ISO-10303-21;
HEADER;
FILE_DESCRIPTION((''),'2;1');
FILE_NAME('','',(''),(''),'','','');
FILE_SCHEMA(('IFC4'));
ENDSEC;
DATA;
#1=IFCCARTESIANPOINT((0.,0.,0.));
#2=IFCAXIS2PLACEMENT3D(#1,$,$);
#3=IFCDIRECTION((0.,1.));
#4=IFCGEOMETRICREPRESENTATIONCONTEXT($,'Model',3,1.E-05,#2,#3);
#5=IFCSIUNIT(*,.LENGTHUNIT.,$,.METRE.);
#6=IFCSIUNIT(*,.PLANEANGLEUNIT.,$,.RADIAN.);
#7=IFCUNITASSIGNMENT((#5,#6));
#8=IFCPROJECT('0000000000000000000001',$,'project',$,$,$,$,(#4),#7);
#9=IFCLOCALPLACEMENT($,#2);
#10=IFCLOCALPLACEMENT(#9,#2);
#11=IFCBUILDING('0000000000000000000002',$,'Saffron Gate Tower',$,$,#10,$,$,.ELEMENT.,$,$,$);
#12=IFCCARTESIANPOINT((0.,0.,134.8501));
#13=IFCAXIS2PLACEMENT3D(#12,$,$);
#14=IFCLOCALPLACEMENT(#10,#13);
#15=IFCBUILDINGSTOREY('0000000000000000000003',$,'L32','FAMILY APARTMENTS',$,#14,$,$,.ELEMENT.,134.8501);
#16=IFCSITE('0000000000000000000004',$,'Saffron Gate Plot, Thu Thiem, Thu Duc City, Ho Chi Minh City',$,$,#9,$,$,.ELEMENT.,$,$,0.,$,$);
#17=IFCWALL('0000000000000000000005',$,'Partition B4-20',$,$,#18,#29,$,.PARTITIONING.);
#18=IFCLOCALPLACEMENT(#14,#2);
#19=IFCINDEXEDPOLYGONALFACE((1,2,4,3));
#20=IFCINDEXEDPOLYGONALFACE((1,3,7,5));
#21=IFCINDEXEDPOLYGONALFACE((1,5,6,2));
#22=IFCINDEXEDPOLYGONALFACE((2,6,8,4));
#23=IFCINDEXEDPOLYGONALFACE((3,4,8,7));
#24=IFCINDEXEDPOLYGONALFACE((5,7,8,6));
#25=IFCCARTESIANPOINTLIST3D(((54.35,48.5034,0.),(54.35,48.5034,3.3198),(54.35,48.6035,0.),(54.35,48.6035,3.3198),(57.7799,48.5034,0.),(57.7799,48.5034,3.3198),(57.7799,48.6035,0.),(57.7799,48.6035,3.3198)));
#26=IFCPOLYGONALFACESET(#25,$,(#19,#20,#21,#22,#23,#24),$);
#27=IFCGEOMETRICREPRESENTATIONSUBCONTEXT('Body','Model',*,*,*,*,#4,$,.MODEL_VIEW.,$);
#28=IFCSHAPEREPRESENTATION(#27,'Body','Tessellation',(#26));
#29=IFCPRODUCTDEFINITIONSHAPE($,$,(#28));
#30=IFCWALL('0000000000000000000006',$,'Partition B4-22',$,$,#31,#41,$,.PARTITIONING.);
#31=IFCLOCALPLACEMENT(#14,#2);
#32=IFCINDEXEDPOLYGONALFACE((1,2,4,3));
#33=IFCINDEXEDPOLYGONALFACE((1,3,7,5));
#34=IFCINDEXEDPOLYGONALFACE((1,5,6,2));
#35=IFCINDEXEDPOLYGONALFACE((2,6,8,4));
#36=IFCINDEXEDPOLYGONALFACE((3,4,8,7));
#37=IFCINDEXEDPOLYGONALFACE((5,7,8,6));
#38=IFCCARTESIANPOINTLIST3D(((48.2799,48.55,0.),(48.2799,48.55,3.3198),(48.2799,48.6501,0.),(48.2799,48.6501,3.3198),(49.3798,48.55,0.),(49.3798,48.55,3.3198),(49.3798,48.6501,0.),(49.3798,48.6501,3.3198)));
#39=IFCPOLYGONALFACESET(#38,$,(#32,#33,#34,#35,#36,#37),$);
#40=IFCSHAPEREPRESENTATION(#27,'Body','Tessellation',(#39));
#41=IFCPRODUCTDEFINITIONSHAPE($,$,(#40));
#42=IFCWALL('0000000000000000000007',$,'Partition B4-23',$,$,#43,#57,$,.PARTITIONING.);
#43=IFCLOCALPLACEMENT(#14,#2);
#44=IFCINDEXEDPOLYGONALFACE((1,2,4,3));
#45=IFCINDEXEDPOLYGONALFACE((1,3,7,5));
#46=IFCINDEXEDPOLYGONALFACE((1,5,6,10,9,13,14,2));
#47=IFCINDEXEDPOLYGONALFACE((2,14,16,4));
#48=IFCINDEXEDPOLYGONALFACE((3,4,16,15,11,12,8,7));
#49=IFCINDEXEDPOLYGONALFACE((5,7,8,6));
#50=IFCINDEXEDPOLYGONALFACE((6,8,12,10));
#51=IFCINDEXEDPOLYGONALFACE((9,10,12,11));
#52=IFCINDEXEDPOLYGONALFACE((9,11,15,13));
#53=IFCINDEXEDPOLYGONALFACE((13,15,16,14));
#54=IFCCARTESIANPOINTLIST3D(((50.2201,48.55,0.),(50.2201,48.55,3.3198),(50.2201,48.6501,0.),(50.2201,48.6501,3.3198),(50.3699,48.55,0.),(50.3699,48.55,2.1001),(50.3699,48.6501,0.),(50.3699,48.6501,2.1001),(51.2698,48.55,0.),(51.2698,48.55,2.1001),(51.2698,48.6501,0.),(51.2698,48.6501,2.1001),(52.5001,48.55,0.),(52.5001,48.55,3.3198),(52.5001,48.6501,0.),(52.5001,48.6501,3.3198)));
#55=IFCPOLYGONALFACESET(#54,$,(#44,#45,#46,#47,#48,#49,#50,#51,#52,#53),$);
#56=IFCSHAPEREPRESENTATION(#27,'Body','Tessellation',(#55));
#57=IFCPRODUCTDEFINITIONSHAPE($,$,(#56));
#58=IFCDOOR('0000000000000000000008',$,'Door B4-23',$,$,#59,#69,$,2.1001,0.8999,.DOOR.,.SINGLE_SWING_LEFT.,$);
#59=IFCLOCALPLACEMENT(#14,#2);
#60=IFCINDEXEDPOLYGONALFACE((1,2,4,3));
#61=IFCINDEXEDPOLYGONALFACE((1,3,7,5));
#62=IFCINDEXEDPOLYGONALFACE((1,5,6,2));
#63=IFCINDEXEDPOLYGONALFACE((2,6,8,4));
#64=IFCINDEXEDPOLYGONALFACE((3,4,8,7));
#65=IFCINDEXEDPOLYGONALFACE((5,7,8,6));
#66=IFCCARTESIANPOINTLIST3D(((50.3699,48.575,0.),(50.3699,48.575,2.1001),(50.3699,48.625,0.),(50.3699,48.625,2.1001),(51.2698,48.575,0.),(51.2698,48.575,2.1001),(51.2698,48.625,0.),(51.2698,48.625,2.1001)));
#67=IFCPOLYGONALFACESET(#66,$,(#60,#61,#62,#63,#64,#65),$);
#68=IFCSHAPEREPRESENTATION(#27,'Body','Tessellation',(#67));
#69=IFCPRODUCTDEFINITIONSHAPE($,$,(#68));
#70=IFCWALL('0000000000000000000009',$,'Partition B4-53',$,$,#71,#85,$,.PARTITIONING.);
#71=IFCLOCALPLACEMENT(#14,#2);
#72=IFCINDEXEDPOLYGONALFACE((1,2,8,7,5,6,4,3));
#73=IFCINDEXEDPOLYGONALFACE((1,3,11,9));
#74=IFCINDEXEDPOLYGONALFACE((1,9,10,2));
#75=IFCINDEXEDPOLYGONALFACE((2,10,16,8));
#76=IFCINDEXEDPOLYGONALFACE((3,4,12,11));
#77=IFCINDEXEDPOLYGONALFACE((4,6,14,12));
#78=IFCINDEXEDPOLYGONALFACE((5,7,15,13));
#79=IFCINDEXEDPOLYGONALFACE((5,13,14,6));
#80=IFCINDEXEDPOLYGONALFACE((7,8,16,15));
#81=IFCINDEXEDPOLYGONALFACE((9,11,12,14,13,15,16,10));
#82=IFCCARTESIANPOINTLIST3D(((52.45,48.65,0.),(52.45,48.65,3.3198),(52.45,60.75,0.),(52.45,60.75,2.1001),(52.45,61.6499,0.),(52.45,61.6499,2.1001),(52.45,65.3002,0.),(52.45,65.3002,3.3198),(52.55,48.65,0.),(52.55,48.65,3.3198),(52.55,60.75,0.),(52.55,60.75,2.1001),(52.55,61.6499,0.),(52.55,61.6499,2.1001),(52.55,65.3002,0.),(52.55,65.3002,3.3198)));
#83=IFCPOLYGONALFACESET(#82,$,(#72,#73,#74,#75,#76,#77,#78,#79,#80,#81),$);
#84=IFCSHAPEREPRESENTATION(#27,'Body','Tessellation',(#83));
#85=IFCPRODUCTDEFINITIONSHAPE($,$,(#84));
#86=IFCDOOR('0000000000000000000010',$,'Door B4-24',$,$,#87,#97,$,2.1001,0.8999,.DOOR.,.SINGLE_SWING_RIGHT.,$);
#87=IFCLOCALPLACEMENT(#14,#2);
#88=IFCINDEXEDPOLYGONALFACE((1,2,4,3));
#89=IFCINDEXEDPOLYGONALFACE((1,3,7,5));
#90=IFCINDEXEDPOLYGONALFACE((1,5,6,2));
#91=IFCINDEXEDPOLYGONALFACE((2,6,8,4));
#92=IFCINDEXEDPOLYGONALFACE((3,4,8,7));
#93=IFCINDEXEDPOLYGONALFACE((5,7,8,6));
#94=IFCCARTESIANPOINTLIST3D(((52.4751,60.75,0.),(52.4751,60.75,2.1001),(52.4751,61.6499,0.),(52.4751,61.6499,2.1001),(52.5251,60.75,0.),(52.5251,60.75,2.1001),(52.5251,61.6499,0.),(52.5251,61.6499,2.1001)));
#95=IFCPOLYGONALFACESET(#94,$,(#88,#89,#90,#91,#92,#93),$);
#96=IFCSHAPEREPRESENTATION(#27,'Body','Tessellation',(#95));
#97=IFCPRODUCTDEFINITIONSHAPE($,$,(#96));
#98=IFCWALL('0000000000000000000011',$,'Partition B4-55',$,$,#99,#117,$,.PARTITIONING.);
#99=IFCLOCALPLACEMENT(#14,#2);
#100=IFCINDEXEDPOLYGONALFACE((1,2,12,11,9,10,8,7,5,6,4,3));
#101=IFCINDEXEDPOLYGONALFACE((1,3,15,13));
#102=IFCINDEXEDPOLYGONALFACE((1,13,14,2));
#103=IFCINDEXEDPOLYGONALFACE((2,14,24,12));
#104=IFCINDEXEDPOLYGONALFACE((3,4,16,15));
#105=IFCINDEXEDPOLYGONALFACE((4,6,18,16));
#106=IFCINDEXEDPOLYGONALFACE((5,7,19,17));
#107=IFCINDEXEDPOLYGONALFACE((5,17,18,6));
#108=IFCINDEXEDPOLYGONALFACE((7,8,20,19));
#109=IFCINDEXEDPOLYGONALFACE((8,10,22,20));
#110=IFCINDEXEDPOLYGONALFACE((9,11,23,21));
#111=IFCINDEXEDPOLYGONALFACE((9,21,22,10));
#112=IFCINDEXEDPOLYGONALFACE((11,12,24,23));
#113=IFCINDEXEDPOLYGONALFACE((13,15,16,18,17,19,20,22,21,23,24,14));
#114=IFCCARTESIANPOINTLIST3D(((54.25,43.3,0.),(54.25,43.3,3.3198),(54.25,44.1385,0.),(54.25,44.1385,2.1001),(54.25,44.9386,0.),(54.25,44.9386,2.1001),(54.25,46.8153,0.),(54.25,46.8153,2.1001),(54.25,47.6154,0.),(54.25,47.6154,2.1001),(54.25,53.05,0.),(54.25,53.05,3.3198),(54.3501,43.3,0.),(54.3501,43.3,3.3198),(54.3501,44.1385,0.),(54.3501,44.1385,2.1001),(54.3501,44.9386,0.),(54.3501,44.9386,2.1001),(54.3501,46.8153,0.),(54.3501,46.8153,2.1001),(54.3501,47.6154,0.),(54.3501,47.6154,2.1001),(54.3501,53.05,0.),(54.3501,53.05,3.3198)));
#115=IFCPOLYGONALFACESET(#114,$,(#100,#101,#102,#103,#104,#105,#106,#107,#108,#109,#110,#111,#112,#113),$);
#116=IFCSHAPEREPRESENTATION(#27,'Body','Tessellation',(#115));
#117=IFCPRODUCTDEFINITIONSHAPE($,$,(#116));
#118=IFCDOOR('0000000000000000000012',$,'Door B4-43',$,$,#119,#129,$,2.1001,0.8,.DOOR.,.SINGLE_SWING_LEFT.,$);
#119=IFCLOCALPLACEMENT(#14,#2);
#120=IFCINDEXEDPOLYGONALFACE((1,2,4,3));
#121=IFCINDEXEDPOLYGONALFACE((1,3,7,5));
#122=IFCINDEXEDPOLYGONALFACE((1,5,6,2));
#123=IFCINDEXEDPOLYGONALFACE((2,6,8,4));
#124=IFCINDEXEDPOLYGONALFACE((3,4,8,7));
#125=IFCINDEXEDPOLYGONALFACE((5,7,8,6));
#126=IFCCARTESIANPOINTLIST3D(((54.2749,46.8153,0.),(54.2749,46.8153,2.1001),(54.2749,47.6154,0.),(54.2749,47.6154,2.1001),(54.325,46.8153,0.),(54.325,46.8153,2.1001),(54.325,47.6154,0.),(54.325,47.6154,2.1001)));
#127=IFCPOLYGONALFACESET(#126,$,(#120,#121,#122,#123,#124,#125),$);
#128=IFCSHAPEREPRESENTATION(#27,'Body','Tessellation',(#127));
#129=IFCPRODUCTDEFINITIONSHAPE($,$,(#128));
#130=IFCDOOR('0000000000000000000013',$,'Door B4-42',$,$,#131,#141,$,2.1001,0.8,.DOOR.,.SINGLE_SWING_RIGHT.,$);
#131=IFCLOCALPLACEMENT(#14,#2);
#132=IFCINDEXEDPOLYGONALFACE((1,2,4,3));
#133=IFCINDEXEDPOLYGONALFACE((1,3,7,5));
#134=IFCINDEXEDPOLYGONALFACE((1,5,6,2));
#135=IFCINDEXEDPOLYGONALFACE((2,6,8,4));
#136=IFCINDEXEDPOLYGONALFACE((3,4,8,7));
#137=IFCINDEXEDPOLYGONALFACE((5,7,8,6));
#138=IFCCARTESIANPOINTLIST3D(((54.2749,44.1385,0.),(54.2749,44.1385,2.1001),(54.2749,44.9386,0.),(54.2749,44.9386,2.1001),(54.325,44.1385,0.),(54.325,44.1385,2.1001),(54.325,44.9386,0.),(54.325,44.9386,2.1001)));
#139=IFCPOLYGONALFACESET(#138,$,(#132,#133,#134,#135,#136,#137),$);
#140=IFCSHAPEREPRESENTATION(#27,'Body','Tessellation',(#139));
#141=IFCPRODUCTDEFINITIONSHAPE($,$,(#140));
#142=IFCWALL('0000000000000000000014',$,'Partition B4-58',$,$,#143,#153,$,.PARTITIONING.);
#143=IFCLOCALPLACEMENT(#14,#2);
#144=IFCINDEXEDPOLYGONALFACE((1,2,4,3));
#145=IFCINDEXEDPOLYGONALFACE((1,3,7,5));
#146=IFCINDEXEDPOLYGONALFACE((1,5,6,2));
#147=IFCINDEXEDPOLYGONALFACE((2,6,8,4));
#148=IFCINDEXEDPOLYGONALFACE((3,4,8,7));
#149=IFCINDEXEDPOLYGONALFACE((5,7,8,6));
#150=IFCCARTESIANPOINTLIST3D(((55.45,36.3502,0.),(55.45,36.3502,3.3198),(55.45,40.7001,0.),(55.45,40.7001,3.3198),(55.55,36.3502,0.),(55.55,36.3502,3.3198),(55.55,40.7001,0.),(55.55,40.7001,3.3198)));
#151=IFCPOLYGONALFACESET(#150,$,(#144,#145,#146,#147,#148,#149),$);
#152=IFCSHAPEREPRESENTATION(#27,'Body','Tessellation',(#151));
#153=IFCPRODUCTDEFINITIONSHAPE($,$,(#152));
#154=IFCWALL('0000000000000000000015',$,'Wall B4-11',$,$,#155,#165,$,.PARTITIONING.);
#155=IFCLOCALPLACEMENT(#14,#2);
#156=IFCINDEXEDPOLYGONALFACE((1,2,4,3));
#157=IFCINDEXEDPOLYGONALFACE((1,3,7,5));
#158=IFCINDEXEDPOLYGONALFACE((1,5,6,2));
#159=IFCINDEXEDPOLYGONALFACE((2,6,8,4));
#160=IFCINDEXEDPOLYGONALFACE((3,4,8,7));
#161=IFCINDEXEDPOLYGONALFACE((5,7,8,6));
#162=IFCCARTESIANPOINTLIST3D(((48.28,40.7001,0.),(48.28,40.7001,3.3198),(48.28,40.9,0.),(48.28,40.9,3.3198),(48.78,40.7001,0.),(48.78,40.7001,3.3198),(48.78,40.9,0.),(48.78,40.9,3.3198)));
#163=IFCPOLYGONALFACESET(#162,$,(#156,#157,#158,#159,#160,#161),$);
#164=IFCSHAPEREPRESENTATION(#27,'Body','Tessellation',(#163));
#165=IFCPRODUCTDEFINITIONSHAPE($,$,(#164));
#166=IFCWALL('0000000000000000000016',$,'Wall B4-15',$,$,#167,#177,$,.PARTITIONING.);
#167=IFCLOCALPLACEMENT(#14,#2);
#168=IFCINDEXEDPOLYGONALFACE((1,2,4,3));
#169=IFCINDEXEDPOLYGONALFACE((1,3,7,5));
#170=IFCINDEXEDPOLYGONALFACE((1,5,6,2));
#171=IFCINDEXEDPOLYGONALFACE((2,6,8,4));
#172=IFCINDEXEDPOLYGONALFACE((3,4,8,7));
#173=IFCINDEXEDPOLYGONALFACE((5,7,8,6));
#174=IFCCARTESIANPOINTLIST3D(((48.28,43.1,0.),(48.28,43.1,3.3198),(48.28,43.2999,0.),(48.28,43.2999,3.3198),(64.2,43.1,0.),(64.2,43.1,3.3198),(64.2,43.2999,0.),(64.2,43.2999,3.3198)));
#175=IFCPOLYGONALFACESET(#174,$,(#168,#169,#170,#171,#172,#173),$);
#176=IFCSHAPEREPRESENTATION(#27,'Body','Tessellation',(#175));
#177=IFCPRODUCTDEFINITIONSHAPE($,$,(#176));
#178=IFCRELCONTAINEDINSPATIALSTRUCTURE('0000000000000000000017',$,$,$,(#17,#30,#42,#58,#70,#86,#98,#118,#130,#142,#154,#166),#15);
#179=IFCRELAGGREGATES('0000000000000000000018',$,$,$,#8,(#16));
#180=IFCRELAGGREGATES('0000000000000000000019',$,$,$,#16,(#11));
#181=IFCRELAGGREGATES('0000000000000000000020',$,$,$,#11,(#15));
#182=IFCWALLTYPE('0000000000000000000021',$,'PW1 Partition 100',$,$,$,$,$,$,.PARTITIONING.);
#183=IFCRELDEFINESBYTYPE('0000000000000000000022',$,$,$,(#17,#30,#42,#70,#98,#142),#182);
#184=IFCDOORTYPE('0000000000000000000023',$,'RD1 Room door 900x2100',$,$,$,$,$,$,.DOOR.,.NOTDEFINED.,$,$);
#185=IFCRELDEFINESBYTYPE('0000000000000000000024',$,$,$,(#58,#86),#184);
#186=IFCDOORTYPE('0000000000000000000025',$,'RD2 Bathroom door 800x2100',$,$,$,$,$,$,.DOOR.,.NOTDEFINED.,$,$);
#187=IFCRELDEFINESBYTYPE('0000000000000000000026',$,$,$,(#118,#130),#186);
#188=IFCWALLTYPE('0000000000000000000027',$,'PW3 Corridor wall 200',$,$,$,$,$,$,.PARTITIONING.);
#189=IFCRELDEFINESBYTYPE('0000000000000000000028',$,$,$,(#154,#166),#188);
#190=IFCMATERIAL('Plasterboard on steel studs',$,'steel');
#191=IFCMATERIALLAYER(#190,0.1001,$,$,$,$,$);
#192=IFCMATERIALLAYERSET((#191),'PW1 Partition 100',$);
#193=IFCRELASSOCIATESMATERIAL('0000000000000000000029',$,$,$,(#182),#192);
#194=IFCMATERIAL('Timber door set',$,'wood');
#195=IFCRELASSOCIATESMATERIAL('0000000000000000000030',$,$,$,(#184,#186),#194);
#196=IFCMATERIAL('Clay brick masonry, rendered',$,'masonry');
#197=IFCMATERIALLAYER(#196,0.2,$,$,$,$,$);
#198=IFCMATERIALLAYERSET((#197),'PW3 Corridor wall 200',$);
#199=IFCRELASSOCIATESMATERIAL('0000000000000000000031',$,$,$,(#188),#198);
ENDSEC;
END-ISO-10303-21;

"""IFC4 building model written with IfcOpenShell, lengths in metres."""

from ifc_helpers import new_model, si_unit, direction, frame, frame_2d, origin, place, context, subcontext, project, spatial, rectangle, extrude, material, layer, layer_set, type_object, element, fill, save


model = new_model("IFC4")

# Units and contexts
model_context = context("Model", 3, precision=1e-05, world=origin(), true_north=direction((0.0, 1.0)))
body_context = subcontext(model_context, "Body", "Model", "MODEL_VIEW")
ifc_project = project(units=[si_unit("LENGTHUNIT", "METRE"), si_unit("PLANEANGLEUNIT", "RADIAN")], contexts=[model_context])

# Site, building, storey
site_placement = place(None, origin())
site = spatial("IfcSite", under=ifc_project, at=site_placement, Name="Saffron Gate Plot, Thu Thiem, Thu Duc City, Ho Chi Minh City", CompositionType="ELEMENT", RefElevation=0.0)
building_placement = place(site_placement, origin())
building = spatial("IfcBuilding", under=site, at=building_placement, Name="Saffron Gate Tower", CompositionType="ELEMENT")
storey_placement = place(building_placement, frame((0.0, 0.0, 134.8501)))
storey = spatial("IfcBuildingStorey", under=building, at=storey_placement, Name="L32", Description="FAMILY APARTMENTS", CompositionType="ELEMENT", Elevation=134.8501)

# Walls
ifc_material_1 = material(Name="Plasterboard on steel studs", Category="steel")
ifc_layer_1 = layer(ifc_material_1, 0.1001)
ifc_layer_set_1 = layer_set([ifc_layer_1], Name="PW1 Partition 100")
wall_type_1 = type_object("IfcWallType", Name="PW1 Partition 100", PredefinedType="PARTITIONING", material=ifc_layer_set_1)
wall_1_placement = place(storey_placement, frame((54.3501, 48.5535, 0.0), z_axis=(0.0, 0.0, 1.0), x_axis=(1.0, 0.0, 0.0)))
element("IfcWall", 1, at=wall_1_placement, inside=storey, type_object=wall_type_1, Name="Partition B4-20", PredefinedType="PARTITIONING", context=body_context, shape_type="SweptSolid", body=[
    extrude(rectangle(XDim=3.4299, YDim=0.1001, at=frame_2d((1.7148, 0.0))), origin(), (0.0, 0.0, 1.0), 3.3198),
])
wall_2_placement = place(storey_placement, frame((48.28, 48.6001, 0.0), z_axis=(0.0, 0.0, 1.0), x_axis=(1.0, 0.0, 0.0)))
element("IfcWall", 2, at=wall_2_placement, inside=storey, type_object=wall_type_1, Name="Partition B4-22", PredefinedType="PARTITIONING", context=body_context, shape_type="SweptSolid", body=[
    extrude(rectangle(XDim=1.0999, YDim=0.1001, at=frame_2d((0.5498, 0.0))), origin(), (0.0, 0.0, 1.0), 3.3198),
])

# Walls, openings, doors
wall_3_placement = place(storey_placement, frame((50.22, 48.6001, 0.0), z_axis=(0.0, 0.0, 1.0), x_axis=(1.0, 0.0, 0.0)))
wall_3 = element("IfcWall", 3, at=wall_3_placement, inside=storey, type_object=wall_type_1, Name="Partition B4-23", PredefinedType="PARTITIONING", context=body_context, shape_type="SweptSolid", body=[
    extrude(rectangle(XDim=2.28, YDim=0.1001, at=frame_2d((1.1401, 0.0))), origin(), (0.0, 0.0, 1.0), 3.3198),
])
opening_1_placement = place(wall_3_placement, frame((0.1499, 0.0, 0.0)))
opening_1 = element("IfcOpeningElement", 4, at=opening_1_placement, cuts=wall_3, PredefinedType="OPENING", context=body_context, shape_type="SweptSolid", body=[
    extrude(rectangle(XDim=0.8999, YDim=2.1001, at=frame_2d((0.45, 1.05))), frame((0.0, 0.0601, 0.0), z_axis=(0.0, -1.0, 0.0), x_axis=(1.0, 0.0, 0.0)), (0.0, 0.0, 1.0), 0.1201),
])
ifc_material_2 = material(Name="Timber door set", Category="wood")
door_type_1 = type_object("IfcDoorType", Name="RD1 Room door 900x2100", OperationType="NOTDEFINED", PredefinedType="DOOR", material=ifc_material_2)
door_1_placement = place(opening_1_placement, origin())
door_1 = element("IfcDoor", 5, at=door_1_placement, inside=storey, type_object=door_type_1, Name="Door B4-23", OperationType="SINGLE_SWING_LEFT", OverallHeight=2.1001, OverallWidth=0.8999, PredefinedType="DOOR", context=body_context, shape_type="SweptSolid", body=[
    extrude(rectangle(XDim=0.8999, YDim=2.1001, at=frame_2d((0.45, 1.05))), frame((0.0, 0.0249, 0.0), z_axis=(0.0, -1.0, 0.0), x_axis=(1.0, 0.0, 0.0)), (0.0, 0.0, 1.0), 0.05),
])
fill(opening_1, door_1)
wall_4_placement = place(storey_placement, frame((52.5, 48.6499, 0.0), z_axis=(0.0, 0.0, 1.0), x_axis=(0.0, 1.0, 0.0)))
wall_4 = element("IfcWall", 6, at=wall_4_placement, inside=storey, type_object=wall_type_1, Name="Partition B4-53", PredefinedType="PARTITIONING", context=body_context, shape_type="SweptSolid", body=[
    extrude(rectangle(XDim=16.6501, YDim=0.1001, at=frame_2d((8.3252, 0.0))), origin(), (0.0, 0.0, 1.0), 3.3198),
])
opening_2_placement = place(wall_4_placement, frame((12.1001, 0.0, 0.0)))
opening_2 = element("IfcOpeningElement", 7, at=opening_2_placement, cuts=wall_4, PredefinedType="OPENING", context=body_context, shape_type="SweptSolid", body=[
    extrude(rectangle(XDim=0.8999, YDim=2.1001, at=frame_2d((0.45, 1.05))), frame((0.0, 0.0601, 0.0), z_axis=(0.0, -1.0, 0.0), x_axis=(1.0, 0.0, 0.0)), (0.0, 0.0, 1.0), 0.1201),
])
door_2_placement = place(opening_2_placement, origin())
door_2 = element("IfcDoor", 8, at=door_2_placement, inside=storey, type_object=door_type_1, Name="Door B4-24", OperationType="SINGLE_SWING_RIGHT", OverallHeight=2.1001, OverallWidth=0.8999, PredefinedType="DOOR", context=body_context, shape_type="SweptSolid", body=[
    extrude(rectangle(XDim=0.8999, YDim=2.1001, at=frame_2d((0.45, 1.05))), frame((0.0, 0.0249, 0.0), z_axis=(0.0, -1.0, 0.0), x_axis=(1.0, 0.0, 0.0)), (0.0, 0.0, 1.0), 0.05),
])
fill(opening_2, door_2)

# Wall, openings, doors
wall_5_placement = place(storey_placement, frame((54.3, 53.05, 0.0), z_axis=(0.0, 0.0, 1.0), x_axis=(0.0, -1.0, 0.0)))
wall_5 = element("IfcWall", 9, at=wall_5_placement, inside=storey, type_object=wall_type_1, Name="Partition B4-55", PredefinedType="PARTITIONING", context=body_context, shape_type="SweptSolid", body=[
    extrude(rectangle(XDim=9.75, YDim=0.1001, at=frame_2d((4.875, 0.0))), origin(), (0.0, 0.0, 1.0), 3.3198),
])
opening_3_placement = place(wall_5_placement, frame((5.4348, 0.0, 0.0)))
opening_3 = element("IfcOpeningElement", 10, at=opening_3_placement, cuts=wall_5, PredefinedType="OPENING", context=body_context, shape_type="SweptSolid", body=[
    extrude(rectangle(XDim=0.8, YDim=2.1001, at=frame_2d((0.3999, 1.05))), frame((0.0, 0.0601, 0.0), z_axis=(0.0, -1.0, 0.0), x_axis=(1.0, 0.0, 0.0)), (0.0, 0.0, 1.0), 0.1201),
])
opening_4_placement = place(wall_5_placement, frame((8.1116, 0.0, 0.0)))
opening_4 = element("IfcOpeningElement", 11, at=opening_4_placement, cuts=wall_5, PredefinedType="OPENING", context=body_context, shape_type="SweptSolid", body=[
    extrude(rectangle(XDim=0.8, YDim=2.1001, at=frame_2d((0.3999, 1.05))), frame((0.0, 0.0601, 0.0), z_axis=(0.0, -1.0, 0.0), x_axis=(1.0, 0.0, 0.0)), (0.0, 0.0, 1.0), 0.1201),
])
door_type_2 = type_object("IfcDoorType", Name="RD2 Bathroom door 800x2100", OperationType="NOTDEFINED", PredefinedType="DOOR", material=ifc_material_2)
door_3_placement = place(opening_3_placement, origin())
door_3 = element("IfcDoor", 12, at=door_3_placement, inside=storey, type_object=door_type_2, Name="Door B4-43", OperationType="SINGLE_SWING_LEFT", OverallHeight=2.1001, OverallWidth=0.8, PredefinedType="DOOR", context=body_context, shape_type="SweptSolid", body=[
    extrude(rectangle(XDim=0.8, YDim=2.1001, at=frame_2d((0.3999, 1.05))), frame((0.0, 0.0249, 0.0), z_axis=(0.0, -1.0, 0.0), x_axis=(1.0, 0.0, 0.0)), (0.0, 0.0, 1.0), 0.05),
])
fill(opening_3, door_3)
door_4_placement = place(opening_4_placement, origin())
door_4 = element("IfcDoor", 13, at=door_4_placement, inside=storey, type_object=door_type_2, Name="Door B4-42", OperationType="SINGLE_SWING_RIGHT", OverallHeight=2.1001, OverallWidth=0.8, PredefinedType="DOOR", context=body_context, shape_type="SweptSolid", body=[
    extrude(rectangle(XDim=0.8, YDim=2.1001, at=frame_2d((0.3999, 1.05))), frame((0.0, 0.0249, 0.0), z_axis=(0.0, -1.0, 0.0), x_axis=(1.0, 0.0, 0.0)), (0.0, 0.0, 1.0), 0.05),
])
fill(opening_4, door_4)

# Walls
wall_6_placement = place(storey_placement, frame((55.5, 40.7, 0.0), z_axis=(0.0, 0.0, 1.0), x_axis=(0.0, -1.0, 0.0)))
element("IfcWall", 14, at=wall_6_placement, inside=storey, type_object=wall_type_1, Name="Partition B4-58", PredefinedType="PARTITIONING", context=body_context, shape_type="SweptSolid", body=[
    extrude(rectangle(XDim=4.3499, YDim=0.1001, at=frame_2d((2.1748, 0.0))), origin(), (0.0, 0.0, 1.0), 3.3198),
])
ifc_material_3 = material(Name="Clay brick masonry, rendered", Category="masonry")
ifc_layer_2 = layer(ifc_material_3, 0.2)
ifc_layer_set_2 = layer_set([ifc_layer_2], Name="PW3 Corridor wall 200")
wall_type_2 = type_object("IfcWallType", Name="PW3 Corridor wall 200", PredefinedType="PARTITIONING", material=ifc_layer_set_2)
wall_7_placement = place(storey_placement, frame((48.28, 40.8, 0.0), z_axis=(0.0, 0.0, 1.0), x_axis=(1.0, 0.0, 0.0)))
element("IfcWall", 15, at=wall_7_placement, inside=storey, type_object=wall_type_2, Name="Wall B4-11", PredefinedType="PARTITIONING", context=body_context, shape_type="SweptSolid", body=[
    extrude(rectangle(XDim=0.5, YDim=0.2, at=frame_2d((0.25, 0.0))), origin(), (0.0, 0.0, 1.0), 3.3198),
])
wall_8_placement = place(storey_placement, frame((48.28, 43.2, 0.0), z_axis=(0.0, 0.0, 1.0), x_axis=(1.0, 0.0, 0.0)))
element("IfcWall", 16, at=wall_8_placement, inside=storey, type_object=wall_type_2, Name="Wall B4-15", PredefinedType="PARTITIONING", context=body_context, shape_type="SweptSolid", body=[
    extrude(rectangle(XDim=15.9199, YDim=0.2, at=frame_2d((7.96, 0.0))), origin(), (0.0, 0.0, 1.0), 3.3198),
])

save(model, "model.ifc")
